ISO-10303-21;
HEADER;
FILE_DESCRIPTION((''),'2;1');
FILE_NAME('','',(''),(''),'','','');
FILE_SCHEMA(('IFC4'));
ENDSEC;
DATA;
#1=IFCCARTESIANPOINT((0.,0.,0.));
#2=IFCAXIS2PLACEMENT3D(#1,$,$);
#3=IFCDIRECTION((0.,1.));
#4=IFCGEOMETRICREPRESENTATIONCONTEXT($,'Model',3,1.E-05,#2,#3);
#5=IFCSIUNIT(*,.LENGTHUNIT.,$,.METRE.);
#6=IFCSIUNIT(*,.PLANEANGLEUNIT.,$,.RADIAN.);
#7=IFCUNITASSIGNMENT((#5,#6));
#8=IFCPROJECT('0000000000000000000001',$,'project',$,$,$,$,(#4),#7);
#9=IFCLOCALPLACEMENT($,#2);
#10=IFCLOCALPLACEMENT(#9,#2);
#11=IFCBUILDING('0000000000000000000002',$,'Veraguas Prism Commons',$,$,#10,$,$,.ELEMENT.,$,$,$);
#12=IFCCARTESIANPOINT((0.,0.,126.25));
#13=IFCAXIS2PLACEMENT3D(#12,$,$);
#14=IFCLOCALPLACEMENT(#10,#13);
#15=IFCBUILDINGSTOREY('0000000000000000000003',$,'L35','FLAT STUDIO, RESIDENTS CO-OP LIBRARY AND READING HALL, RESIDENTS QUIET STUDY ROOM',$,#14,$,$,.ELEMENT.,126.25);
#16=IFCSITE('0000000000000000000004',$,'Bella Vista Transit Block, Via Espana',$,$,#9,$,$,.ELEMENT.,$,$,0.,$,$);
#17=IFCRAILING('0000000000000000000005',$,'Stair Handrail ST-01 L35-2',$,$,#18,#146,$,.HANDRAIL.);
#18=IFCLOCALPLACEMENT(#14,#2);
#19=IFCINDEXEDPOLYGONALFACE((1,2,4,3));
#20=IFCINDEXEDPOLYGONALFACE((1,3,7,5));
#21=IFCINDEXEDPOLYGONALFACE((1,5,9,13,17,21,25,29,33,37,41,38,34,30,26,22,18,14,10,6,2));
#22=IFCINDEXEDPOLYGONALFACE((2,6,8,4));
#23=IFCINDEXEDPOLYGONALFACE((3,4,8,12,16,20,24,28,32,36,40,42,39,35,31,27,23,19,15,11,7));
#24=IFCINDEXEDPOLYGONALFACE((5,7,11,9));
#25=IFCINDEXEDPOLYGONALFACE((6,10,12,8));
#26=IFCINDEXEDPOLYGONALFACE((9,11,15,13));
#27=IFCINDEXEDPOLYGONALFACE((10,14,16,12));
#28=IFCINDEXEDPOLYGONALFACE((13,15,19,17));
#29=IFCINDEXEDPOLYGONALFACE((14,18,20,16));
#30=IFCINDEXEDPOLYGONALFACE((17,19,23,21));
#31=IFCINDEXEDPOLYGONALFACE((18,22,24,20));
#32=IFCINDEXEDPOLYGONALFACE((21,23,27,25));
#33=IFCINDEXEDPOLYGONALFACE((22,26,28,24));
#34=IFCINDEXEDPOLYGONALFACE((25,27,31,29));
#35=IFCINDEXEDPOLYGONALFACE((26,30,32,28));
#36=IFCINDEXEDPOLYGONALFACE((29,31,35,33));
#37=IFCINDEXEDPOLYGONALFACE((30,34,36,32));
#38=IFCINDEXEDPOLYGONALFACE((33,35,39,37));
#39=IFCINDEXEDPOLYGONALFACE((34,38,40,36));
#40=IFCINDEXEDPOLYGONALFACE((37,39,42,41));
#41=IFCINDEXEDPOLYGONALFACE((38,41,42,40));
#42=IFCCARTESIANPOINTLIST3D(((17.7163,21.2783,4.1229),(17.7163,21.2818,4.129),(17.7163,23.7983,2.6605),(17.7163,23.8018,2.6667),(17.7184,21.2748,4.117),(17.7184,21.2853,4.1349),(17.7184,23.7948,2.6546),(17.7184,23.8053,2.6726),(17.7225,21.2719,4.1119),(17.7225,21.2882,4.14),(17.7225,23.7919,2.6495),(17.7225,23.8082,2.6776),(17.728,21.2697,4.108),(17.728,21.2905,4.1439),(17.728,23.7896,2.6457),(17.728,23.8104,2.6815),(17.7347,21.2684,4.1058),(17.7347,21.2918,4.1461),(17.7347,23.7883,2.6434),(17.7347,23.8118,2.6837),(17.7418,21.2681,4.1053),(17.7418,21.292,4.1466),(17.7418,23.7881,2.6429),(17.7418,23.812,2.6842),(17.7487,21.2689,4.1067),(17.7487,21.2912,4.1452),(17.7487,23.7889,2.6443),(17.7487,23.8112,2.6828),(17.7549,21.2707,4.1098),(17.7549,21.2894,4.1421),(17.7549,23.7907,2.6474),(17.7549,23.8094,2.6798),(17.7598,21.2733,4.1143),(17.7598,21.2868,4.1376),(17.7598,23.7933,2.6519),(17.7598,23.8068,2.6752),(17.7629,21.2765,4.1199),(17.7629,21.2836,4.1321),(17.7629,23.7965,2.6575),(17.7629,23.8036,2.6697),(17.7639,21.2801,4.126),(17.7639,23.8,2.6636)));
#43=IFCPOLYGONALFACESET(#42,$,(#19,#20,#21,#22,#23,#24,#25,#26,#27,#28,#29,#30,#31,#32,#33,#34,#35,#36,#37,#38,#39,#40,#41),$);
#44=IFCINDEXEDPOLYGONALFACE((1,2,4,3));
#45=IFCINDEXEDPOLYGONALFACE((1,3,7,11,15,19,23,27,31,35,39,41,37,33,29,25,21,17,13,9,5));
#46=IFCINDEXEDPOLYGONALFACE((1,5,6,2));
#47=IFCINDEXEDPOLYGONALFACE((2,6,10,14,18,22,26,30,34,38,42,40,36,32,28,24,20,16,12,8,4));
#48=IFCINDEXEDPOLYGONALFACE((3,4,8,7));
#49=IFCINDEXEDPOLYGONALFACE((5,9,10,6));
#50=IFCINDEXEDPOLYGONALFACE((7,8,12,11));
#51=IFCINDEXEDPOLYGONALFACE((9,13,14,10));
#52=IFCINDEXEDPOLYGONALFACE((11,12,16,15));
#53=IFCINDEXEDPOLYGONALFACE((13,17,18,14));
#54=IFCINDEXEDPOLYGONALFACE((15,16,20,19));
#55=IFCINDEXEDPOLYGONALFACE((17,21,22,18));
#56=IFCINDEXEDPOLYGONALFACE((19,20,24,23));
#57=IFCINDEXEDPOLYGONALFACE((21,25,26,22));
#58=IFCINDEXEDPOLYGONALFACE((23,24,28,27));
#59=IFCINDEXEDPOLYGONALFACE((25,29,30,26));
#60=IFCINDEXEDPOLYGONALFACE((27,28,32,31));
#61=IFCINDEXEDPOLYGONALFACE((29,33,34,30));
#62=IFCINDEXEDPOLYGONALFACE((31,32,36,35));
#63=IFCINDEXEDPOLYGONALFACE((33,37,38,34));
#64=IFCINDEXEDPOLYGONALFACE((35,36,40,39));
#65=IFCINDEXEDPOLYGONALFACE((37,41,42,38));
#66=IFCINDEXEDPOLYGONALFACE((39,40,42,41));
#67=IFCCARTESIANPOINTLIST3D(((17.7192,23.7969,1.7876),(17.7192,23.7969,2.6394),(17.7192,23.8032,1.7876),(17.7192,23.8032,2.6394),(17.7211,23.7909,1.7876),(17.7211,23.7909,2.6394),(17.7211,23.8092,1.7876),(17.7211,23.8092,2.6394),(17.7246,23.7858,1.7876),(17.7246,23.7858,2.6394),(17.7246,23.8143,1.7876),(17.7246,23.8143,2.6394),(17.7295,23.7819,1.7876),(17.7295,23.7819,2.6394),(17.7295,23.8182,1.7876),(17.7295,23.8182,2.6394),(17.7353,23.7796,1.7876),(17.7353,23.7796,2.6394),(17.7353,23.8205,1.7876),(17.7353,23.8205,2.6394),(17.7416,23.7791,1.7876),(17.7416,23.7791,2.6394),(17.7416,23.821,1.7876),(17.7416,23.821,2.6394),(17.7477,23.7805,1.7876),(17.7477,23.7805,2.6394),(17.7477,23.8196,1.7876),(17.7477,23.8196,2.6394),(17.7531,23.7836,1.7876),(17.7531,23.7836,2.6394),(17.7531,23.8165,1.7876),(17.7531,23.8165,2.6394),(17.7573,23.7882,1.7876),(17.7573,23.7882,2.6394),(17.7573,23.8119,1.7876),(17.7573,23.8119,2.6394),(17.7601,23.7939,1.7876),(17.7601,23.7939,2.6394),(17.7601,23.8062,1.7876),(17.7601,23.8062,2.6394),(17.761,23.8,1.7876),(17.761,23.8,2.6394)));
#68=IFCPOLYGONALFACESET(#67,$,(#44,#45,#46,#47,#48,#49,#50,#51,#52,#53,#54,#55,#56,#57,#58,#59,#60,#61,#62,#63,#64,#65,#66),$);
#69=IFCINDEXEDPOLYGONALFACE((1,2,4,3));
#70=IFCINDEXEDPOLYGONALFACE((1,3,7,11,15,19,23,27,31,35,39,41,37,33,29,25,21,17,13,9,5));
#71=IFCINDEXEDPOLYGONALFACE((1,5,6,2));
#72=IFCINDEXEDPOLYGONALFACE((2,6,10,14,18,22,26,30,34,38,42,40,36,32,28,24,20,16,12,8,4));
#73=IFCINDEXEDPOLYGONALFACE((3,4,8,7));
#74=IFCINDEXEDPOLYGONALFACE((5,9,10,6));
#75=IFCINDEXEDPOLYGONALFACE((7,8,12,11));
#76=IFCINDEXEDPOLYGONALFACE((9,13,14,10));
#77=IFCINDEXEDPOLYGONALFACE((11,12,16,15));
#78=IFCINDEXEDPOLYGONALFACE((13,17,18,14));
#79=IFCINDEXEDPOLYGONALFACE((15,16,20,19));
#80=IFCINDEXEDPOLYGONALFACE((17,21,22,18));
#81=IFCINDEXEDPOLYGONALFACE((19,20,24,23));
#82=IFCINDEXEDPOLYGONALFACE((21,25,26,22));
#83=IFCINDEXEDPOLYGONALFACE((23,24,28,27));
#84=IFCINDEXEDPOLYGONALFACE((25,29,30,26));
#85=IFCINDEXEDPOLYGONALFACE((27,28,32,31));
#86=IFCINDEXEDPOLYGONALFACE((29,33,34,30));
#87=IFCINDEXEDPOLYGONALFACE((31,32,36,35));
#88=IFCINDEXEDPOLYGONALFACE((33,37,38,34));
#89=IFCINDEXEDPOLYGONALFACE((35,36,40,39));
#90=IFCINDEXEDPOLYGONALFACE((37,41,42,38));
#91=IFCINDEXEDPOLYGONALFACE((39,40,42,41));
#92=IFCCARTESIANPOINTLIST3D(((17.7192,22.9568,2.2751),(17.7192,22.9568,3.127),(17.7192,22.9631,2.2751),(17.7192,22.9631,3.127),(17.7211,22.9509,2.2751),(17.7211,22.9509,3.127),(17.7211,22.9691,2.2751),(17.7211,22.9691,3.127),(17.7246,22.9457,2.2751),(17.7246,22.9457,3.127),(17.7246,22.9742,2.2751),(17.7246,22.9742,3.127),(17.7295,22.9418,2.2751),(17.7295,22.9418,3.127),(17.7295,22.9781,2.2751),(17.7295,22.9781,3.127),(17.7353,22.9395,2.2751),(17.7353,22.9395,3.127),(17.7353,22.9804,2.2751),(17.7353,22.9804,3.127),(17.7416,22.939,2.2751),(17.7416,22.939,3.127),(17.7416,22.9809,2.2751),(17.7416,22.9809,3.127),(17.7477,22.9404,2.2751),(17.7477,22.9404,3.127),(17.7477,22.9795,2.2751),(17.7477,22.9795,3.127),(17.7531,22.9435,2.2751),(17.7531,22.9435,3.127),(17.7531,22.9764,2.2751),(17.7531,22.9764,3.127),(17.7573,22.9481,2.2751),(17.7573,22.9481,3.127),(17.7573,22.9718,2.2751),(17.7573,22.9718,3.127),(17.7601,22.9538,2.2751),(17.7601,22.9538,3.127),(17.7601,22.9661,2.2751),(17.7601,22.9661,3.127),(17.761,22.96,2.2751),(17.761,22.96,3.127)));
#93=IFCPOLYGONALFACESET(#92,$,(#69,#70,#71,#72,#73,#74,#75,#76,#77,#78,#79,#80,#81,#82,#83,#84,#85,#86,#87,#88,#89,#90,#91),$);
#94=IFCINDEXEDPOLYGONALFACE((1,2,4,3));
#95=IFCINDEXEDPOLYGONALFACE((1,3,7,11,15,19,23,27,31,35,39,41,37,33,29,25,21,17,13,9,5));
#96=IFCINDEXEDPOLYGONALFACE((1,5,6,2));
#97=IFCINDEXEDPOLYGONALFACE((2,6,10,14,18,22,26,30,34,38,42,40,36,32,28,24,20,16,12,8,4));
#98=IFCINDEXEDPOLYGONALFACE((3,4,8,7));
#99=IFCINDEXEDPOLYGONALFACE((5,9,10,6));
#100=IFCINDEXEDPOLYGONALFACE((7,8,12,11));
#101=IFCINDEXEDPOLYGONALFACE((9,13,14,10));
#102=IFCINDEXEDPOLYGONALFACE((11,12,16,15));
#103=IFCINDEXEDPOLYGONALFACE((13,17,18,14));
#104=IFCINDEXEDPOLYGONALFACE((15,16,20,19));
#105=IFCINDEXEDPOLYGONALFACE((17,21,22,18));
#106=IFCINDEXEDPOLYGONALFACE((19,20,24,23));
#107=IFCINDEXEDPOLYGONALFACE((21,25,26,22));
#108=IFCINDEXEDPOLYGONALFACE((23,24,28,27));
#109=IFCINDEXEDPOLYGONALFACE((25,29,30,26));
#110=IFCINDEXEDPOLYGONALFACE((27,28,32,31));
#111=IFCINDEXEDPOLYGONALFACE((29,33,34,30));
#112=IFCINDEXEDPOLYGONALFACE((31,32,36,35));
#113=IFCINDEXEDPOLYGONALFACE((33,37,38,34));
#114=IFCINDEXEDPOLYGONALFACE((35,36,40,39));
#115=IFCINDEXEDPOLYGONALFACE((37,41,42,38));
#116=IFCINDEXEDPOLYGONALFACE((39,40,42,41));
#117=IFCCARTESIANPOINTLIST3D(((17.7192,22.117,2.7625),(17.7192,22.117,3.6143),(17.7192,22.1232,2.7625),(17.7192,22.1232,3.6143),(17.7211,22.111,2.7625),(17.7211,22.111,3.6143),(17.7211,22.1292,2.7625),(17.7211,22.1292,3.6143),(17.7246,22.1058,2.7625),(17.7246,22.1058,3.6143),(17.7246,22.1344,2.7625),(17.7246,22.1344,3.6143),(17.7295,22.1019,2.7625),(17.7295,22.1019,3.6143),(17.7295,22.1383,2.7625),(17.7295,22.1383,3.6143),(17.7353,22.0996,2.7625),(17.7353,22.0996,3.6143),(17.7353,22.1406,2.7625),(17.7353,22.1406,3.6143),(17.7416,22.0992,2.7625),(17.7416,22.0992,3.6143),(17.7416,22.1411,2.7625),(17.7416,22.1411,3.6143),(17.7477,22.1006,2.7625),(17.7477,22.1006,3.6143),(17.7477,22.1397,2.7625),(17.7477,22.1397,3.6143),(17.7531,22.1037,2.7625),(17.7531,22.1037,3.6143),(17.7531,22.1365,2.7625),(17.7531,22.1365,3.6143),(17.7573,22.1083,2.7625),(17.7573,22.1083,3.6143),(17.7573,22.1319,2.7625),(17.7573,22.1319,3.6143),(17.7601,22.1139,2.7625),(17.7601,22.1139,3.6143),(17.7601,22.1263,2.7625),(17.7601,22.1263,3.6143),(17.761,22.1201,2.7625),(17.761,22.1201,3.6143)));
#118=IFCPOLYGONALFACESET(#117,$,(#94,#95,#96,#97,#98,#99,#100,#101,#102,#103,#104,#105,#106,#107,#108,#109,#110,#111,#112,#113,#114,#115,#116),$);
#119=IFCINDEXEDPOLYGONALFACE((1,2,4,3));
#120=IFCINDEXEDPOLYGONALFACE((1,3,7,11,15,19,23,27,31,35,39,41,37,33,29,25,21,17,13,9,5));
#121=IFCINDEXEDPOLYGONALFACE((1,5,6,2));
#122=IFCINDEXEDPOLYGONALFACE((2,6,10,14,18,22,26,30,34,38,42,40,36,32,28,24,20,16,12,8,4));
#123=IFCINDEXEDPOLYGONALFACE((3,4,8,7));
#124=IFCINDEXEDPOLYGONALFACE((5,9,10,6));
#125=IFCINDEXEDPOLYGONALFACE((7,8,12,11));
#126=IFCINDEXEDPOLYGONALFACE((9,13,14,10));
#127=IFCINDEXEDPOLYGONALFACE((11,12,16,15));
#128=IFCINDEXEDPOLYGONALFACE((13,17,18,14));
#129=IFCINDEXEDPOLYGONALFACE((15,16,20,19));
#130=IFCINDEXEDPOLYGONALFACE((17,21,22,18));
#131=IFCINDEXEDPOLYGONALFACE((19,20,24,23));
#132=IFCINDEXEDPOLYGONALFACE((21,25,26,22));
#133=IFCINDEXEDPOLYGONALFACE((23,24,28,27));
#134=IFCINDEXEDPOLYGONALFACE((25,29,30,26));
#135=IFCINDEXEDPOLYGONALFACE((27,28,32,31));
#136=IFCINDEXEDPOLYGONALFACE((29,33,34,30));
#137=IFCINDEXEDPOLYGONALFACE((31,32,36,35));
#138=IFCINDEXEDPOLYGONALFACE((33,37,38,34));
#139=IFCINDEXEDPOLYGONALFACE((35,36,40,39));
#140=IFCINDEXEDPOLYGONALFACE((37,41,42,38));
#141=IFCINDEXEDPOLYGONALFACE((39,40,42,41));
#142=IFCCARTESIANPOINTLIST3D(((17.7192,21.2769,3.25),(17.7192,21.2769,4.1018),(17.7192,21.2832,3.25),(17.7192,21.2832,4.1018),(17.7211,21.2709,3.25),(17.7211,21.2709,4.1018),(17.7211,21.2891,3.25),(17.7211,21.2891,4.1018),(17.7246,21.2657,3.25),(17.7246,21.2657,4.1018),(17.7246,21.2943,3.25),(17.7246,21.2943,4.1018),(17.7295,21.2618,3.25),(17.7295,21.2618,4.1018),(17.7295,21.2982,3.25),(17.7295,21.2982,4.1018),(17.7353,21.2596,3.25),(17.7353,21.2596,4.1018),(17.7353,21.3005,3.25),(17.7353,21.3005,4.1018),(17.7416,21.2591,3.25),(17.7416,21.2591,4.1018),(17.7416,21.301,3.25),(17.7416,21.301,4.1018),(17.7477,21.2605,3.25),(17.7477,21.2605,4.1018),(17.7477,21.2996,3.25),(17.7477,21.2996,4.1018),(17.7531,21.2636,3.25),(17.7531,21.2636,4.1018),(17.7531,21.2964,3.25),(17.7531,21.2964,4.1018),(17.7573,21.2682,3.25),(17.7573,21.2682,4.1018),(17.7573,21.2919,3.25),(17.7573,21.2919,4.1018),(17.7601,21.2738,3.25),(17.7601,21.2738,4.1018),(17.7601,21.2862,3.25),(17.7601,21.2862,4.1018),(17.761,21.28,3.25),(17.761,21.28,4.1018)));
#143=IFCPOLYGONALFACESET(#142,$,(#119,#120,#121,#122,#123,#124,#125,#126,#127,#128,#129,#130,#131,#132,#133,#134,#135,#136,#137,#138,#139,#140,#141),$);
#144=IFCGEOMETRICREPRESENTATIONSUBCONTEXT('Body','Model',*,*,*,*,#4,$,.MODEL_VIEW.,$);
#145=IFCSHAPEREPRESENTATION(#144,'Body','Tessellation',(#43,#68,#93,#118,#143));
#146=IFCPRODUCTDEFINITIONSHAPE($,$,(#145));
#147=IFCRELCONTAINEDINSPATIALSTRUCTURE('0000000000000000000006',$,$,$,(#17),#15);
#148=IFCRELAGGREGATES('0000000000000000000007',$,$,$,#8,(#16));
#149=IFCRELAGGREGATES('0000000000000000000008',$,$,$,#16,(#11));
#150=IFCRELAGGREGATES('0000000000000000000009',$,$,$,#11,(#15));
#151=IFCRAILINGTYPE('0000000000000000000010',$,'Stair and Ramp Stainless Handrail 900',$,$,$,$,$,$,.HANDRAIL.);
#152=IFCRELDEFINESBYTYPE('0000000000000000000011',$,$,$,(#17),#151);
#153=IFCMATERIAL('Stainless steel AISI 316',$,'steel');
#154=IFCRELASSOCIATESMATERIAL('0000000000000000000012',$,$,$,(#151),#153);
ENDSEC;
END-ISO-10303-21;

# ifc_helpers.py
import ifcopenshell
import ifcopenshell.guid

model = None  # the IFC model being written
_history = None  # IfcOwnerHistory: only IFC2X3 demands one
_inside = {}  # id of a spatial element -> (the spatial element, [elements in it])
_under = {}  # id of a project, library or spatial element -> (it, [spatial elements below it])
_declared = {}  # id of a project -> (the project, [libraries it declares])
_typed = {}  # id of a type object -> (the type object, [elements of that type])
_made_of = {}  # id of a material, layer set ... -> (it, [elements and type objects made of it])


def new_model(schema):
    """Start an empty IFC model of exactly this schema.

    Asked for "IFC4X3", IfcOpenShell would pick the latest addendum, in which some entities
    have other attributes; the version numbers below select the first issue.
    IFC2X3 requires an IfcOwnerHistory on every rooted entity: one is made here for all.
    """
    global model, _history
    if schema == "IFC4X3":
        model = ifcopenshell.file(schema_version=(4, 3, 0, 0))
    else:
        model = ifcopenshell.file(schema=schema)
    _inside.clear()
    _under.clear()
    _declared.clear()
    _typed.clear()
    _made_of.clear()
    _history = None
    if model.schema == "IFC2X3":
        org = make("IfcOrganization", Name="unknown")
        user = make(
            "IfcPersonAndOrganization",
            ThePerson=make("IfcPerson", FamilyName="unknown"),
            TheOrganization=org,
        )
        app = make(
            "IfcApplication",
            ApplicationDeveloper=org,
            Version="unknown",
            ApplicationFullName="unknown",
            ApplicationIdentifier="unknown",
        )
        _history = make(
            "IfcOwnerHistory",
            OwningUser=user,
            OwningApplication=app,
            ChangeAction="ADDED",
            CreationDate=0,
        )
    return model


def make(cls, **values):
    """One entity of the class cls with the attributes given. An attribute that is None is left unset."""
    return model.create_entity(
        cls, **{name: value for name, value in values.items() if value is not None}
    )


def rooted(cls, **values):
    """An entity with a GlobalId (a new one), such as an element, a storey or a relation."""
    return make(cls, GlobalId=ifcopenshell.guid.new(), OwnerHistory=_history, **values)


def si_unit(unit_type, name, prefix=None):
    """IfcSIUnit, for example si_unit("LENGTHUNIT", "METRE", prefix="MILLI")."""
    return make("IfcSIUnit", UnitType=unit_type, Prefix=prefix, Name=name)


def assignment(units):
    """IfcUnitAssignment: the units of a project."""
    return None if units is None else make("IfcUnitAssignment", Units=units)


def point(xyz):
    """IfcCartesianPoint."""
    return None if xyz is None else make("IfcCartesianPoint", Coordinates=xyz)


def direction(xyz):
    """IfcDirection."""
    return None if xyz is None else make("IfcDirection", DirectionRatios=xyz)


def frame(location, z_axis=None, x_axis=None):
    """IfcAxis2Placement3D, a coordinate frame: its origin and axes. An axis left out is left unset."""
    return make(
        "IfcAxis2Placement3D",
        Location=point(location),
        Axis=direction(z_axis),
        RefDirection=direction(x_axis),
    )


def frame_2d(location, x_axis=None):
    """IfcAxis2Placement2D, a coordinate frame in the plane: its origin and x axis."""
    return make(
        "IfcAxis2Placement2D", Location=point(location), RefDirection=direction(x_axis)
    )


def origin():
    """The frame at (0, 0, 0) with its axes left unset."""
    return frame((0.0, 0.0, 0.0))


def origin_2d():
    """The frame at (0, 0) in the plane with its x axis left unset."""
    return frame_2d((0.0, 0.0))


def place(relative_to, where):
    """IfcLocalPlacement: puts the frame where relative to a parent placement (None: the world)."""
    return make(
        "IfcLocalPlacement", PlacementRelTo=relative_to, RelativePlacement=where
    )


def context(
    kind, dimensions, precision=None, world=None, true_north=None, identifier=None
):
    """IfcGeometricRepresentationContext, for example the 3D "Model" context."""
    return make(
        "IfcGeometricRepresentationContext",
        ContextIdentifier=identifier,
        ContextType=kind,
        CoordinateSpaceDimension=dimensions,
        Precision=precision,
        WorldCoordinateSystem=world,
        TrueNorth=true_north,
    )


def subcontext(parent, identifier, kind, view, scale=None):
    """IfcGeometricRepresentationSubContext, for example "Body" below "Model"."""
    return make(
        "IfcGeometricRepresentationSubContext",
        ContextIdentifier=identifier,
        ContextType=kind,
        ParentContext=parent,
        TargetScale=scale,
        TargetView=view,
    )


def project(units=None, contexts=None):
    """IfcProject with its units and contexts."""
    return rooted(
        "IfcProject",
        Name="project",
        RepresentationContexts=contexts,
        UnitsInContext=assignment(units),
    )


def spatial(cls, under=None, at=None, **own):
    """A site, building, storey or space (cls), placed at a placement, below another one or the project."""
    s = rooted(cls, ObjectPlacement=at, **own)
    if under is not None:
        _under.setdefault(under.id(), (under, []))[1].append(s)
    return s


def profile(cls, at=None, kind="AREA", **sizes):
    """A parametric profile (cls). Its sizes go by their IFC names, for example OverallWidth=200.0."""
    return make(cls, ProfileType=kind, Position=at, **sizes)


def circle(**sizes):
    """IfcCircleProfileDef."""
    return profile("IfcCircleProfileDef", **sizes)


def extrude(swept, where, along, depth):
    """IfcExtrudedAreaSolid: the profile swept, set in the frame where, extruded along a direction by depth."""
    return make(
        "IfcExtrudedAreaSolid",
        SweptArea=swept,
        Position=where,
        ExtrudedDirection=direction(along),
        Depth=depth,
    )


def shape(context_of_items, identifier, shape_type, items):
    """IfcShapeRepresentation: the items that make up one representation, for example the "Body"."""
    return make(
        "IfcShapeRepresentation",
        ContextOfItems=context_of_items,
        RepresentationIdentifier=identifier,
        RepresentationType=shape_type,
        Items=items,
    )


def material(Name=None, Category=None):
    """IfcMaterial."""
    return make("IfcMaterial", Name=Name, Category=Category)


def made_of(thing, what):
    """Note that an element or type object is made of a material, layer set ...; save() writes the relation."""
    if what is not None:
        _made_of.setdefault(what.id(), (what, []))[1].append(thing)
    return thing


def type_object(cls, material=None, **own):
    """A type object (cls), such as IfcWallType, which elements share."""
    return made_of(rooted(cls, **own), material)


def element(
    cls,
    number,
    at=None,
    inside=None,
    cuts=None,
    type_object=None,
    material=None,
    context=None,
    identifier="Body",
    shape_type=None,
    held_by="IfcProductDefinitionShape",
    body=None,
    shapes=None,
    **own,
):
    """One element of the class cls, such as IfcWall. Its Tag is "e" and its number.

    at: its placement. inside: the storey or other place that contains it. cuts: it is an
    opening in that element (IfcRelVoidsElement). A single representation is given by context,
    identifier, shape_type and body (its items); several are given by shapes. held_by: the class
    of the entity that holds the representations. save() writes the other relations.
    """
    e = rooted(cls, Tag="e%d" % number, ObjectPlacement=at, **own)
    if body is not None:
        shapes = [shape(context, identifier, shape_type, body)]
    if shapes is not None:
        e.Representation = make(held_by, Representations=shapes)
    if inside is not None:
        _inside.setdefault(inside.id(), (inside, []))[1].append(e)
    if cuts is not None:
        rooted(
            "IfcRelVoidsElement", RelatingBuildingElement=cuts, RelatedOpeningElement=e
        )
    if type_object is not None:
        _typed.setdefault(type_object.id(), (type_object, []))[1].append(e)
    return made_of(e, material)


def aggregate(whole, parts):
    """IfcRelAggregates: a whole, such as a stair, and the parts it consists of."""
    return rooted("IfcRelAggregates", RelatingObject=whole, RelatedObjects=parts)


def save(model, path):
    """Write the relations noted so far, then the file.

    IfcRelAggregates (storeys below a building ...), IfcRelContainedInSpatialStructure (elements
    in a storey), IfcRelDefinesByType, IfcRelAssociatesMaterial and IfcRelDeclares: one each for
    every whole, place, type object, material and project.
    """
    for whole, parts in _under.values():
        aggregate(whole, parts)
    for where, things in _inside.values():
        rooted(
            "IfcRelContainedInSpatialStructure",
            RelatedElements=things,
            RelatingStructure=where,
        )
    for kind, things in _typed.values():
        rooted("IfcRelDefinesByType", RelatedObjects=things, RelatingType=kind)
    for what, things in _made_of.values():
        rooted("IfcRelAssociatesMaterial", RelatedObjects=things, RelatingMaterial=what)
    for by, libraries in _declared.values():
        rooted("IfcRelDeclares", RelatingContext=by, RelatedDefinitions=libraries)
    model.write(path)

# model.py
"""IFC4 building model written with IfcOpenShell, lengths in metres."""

from ifc_helpers import new_model, si_unit, direction, frame, origin, origin_2d, place, context, subcontext, project, spatial, circle, extrude, material, type_object, element, save


model = new_model("IFC4")

# Units and contexts
model_context = context("Model", 3, precision=1e-05, world=origin(), true_north=direction((0.0, 1.0)))
body_context = subcontext(model_context, "Body", "Model", "MODEL_VIEW")
ifc_project = project(units=[si_unit("LENGTHUNIT", "METRE"), si_unit("PLANEANGLEUNIT", "RADIAN")], contexts=[model_context])

# Site, building, storey
site_placement = place(None, origin())
site = spatial("IfcSite", under=ifc_project, at=site_placement, Name="Bella Vista Transit Block, Via Espana", CompositionType="ELEMENT", RefElevation=0.0)
building_placement = place(site_placement, origin())
building = spatial("IfcBuilding", under=site, at=building_placement, Name="Veraguas Prism Commons", CompositionType="ELEMENT")
storey_placement = place(building_placement, frame((0.0, 0.0, 126.25)))
storey = spatial("IfcBuildingStorey", under=building, at=storey_placement, Name="L35", Description="FLAT STUDIO, RESIDENTS CO-OP LIBRARY AND READING HALL, RESIDENTS QUIET STUDY ROOM", CompositionType="ELEMENT", Elevation=126.25)

# Railing
ifc_material_1 = material(Name="Stainless steel AISI 316", Category="steel")
railing_type_1 = type_object("IfcRailingType", Name="Stair and Ramp Stainless Handrail 900", PredefinedType="HANDRAIL", material=ifc_material_1)
railing_1_placement = place(storey_placement, frame((17.74, 23.8, 1.7876)))
element("IfcRailing", 1, at=railing_1_placement, inside=storey, type_object=railing_type_1, Name="Stair Handrail ST-01 L35-2", PredefinedType="HANDRAIL", context=body_context, shape_type="SweptSolid", body=[
    extrude(circle(Radius=0.0239, at=origin_2d()), frame((0.0, 0.0, 0.876), z_axis=(0.0, -0.864913, 0.501921), x_axis=(1.0, 0.0, 0.0)), (0.0, 0.0, 1.0), 2.9136),
    extrude(circle(Radius=0.021, at=origin_2d()), origin(), (0.0, 0.0, 1.0), 0.8518),
    extrude(circle(Radius=0.021, at=origin_2d()), frame((0.0, -0.8401, 0.4875)), (0.0, 0.0, 1.0), 0.8518),
    extrude(circle(Radius=0.021, at=origin_2d()), frame((0.0, -1.6799, 0.9749)), (0.0, 0.0, 1.0), 0.8518),
    extrude(circle(Radius=0.021, at=origin_2d()), frame((0.0, -2.52, 1.4624)), (0.0, 0.0, 1.0), 0.8518),
])

save(model, "model.ifc")
